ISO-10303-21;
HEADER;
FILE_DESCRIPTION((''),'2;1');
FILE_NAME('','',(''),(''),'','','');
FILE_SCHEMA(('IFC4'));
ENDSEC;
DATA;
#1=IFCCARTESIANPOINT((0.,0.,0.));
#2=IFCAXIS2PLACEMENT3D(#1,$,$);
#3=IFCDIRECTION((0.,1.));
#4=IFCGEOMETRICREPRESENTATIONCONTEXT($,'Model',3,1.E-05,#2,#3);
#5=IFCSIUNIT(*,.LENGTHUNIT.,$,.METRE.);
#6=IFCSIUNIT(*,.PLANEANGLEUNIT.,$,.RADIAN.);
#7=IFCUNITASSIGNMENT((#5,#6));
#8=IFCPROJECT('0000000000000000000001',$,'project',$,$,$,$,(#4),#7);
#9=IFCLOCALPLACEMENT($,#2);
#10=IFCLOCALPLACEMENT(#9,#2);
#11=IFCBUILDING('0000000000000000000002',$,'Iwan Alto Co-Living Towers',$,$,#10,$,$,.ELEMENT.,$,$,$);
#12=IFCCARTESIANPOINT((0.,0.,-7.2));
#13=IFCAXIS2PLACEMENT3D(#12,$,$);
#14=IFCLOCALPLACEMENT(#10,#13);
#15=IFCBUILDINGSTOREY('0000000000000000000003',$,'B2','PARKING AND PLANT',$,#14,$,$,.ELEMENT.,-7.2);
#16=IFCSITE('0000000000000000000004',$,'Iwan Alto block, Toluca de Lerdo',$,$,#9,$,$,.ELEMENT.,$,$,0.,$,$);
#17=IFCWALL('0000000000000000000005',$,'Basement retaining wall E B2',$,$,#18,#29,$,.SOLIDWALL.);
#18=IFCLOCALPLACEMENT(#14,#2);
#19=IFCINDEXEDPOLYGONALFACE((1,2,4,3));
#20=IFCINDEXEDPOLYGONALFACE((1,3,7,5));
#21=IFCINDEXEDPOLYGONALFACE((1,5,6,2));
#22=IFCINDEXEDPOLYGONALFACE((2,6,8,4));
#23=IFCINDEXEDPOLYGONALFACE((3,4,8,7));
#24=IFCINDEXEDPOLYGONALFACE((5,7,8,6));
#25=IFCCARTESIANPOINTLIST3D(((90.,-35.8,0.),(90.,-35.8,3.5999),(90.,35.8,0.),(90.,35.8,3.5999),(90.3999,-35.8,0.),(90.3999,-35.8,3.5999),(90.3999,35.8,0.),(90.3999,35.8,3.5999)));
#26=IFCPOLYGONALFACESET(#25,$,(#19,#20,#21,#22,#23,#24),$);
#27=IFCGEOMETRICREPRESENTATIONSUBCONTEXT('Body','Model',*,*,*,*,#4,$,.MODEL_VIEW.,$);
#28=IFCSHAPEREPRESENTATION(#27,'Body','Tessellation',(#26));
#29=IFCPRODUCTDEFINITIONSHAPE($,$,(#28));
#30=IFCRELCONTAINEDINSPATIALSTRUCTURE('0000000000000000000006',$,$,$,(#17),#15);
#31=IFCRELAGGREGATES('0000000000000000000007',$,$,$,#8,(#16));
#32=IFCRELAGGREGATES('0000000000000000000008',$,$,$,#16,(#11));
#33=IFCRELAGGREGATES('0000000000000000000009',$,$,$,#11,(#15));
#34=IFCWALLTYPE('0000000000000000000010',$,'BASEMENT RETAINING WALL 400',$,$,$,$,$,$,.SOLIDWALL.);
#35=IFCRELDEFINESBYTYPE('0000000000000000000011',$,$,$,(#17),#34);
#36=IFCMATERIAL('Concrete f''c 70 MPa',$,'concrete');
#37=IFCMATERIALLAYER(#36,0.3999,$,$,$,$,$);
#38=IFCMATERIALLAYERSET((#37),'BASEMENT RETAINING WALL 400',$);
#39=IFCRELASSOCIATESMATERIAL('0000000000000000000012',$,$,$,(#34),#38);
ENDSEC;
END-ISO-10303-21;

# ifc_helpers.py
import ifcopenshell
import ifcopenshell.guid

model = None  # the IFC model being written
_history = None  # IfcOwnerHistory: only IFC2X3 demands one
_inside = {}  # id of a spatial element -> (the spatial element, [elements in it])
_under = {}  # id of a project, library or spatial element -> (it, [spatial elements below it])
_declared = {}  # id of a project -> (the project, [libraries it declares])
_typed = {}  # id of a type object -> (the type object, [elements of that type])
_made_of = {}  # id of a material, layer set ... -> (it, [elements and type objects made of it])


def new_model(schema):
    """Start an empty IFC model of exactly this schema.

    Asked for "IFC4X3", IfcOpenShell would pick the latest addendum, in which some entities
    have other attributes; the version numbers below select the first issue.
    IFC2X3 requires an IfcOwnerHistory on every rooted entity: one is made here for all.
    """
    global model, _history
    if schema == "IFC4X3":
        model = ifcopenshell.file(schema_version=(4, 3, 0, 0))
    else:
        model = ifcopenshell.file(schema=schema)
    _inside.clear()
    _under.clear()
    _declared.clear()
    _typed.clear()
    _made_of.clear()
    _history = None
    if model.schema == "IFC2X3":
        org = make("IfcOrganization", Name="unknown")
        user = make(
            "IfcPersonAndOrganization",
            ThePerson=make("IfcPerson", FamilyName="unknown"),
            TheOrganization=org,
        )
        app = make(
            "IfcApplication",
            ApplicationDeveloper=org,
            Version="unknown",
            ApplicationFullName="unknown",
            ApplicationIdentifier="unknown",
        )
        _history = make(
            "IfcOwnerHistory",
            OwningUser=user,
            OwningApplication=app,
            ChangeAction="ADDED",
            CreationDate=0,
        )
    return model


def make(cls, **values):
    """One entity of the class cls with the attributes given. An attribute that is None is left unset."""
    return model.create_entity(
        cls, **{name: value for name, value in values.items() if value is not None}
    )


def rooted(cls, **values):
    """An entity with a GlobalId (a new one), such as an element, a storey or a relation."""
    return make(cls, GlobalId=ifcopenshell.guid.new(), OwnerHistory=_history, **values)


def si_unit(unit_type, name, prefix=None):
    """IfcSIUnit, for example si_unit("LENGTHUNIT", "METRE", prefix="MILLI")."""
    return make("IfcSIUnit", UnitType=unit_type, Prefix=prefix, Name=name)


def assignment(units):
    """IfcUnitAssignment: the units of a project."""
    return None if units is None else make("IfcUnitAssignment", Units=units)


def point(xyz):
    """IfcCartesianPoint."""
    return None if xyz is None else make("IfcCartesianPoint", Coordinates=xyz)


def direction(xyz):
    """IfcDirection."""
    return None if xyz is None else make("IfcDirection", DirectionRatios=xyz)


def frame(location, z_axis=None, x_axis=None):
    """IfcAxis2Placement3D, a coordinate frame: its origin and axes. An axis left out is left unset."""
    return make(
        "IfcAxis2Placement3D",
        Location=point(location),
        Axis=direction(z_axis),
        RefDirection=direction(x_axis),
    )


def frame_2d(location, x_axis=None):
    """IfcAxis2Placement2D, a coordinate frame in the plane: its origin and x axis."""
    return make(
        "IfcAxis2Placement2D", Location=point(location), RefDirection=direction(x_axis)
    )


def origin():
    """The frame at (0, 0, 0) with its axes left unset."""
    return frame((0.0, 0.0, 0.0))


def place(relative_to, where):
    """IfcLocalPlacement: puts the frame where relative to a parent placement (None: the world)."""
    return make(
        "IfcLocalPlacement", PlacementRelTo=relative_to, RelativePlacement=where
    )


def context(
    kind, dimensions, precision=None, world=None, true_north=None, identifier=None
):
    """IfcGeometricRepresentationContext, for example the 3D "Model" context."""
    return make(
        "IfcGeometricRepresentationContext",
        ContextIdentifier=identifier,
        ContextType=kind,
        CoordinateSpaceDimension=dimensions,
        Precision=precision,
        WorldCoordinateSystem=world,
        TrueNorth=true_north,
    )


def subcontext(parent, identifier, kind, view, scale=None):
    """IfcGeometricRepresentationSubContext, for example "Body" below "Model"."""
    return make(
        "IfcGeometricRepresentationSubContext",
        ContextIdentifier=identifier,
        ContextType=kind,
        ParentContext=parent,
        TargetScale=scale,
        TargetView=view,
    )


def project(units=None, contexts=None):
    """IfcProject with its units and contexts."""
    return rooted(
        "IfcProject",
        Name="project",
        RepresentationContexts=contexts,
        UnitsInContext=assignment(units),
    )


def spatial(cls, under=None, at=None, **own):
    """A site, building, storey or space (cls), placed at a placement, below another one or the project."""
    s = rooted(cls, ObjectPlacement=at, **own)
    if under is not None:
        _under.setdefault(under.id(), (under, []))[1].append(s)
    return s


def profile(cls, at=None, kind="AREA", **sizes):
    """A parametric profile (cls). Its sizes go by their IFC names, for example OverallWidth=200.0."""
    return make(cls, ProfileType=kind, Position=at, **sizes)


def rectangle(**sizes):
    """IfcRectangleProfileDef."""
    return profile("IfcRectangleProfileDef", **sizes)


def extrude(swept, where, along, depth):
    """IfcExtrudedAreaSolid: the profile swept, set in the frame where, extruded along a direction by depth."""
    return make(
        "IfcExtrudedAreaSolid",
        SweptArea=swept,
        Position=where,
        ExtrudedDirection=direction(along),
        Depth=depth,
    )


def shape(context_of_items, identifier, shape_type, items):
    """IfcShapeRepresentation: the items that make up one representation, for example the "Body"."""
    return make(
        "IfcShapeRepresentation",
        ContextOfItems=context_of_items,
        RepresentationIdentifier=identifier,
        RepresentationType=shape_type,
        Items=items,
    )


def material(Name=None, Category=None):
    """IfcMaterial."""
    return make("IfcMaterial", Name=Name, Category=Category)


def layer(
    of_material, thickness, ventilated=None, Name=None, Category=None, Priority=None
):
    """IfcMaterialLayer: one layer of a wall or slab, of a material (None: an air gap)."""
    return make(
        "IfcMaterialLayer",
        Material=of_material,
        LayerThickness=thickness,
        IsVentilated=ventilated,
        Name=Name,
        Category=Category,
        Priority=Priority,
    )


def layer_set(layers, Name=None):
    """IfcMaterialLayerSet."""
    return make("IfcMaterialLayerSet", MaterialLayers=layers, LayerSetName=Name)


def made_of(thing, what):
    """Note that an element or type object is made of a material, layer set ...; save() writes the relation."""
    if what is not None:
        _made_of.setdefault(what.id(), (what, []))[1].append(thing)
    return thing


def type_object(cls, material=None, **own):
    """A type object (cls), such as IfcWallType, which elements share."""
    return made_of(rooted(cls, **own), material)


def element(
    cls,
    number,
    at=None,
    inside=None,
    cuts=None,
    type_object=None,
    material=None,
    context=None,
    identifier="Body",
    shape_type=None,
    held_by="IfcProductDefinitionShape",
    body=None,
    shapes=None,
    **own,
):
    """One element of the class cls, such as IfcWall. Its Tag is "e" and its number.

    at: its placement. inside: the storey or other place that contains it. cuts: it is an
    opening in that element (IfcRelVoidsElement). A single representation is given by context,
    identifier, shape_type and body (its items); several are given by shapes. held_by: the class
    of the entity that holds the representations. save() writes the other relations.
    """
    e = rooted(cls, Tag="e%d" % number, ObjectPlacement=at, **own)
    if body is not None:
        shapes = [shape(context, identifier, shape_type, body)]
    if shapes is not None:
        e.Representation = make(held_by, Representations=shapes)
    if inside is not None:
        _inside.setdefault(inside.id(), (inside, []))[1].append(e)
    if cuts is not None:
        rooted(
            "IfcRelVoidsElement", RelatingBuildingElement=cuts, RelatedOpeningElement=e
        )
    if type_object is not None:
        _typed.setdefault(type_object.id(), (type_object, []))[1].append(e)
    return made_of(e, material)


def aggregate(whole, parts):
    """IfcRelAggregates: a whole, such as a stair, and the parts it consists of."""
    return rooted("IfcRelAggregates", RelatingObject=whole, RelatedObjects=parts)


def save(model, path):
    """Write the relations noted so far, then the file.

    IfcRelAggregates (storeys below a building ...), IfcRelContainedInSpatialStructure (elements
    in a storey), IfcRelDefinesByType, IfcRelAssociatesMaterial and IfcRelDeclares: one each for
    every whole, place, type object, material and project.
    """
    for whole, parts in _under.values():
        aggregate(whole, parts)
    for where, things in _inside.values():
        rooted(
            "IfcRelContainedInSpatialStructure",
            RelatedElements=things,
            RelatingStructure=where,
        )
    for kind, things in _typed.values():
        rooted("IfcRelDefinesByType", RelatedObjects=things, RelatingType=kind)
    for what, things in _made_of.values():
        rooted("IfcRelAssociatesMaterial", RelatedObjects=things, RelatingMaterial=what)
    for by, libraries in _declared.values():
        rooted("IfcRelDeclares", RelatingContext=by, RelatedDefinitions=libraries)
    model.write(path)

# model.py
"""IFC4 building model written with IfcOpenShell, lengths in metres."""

from ifc_helpers import new_model, si_unit, direction, frame, frame_2d, origin, place, context, subcontext, project, spatial, rectangle, extrude, material, layer, layer_set, type_object, element, save


model = new_model("IFC4")

# Units and contexts
model_context = context("Model", 3, precision=1e-05, world=origin(), true_north=direction((0.0, 1.0)))
body_context = subcontext(model_context, "Body", "Model", "MODEL_VIEW")
ifc_project = project(units=[si_unit("LENGTHUNIT", "METRE"), si_unit("PLANEANGLEUNIT", "RADIAN")], contexts=[model_context])

# Site, building, storey
site_placement = place(None, origin())
site = spatial("IfcSite", under=ifc_project, at=site_placement, Name="Iwan Alto block, Toluca de Lerdo", CompositionType="ELEMENT", RefElevation=0.0)
building_placement = place(site_placement, origin())
building = spatial("IfcBuilding", under=site, at=building_placement, Name="Iwan Alto Co-Living Towers", CompositionType="ELEMENT")
storey_placement = place(building_placement, frame((0.0, 0.0, -7.2)))
storey = spatial("IfcBuildingStorey", under=building, at=storey_placement, Name="B2", Description="PARKING AND PLANT", CompositionType="ELEMENT", Elevation=-7.2)

# Wall
ifc_material_1 = material(Name="Concrete f'c 70 MPa", Category="concrete")
ifc_layer_1 = layer(ifc_material_1, 0.3999)
ifc_layer_set_1 = layer_set([ifc_layer_1], Name="BASEMENT RETAINING WALL 400")
wall_type = type_object("IfcWallType", Name="BASEMENT RETAINING WALL 400", PredefinedType="SOLIDWALL", material=ifc_layer_set_1)
wall_placement = place(storey_placement, frame((90.2, -35.8, 0.0), z_axis=(0.0, 0.0, 1.0), x_axis=(0.0, 1.0, 0.0)))
element("IfcWall", 1, at=wall_placement, inside=storey, type_object=wall_type, Name="Basement retaining wall E B2", PredefinedType="SOLIDWALL", context=body_context, shape_type="SweptSolid", body=[
    extrude(rectangle(XDim=71.6001, YDim=0.3999, at=frame_2d((35.8, 0.0))), origin(), (0.0, 0.0, 1.0), 3.5999),
])

save(model, "model.ifc")
